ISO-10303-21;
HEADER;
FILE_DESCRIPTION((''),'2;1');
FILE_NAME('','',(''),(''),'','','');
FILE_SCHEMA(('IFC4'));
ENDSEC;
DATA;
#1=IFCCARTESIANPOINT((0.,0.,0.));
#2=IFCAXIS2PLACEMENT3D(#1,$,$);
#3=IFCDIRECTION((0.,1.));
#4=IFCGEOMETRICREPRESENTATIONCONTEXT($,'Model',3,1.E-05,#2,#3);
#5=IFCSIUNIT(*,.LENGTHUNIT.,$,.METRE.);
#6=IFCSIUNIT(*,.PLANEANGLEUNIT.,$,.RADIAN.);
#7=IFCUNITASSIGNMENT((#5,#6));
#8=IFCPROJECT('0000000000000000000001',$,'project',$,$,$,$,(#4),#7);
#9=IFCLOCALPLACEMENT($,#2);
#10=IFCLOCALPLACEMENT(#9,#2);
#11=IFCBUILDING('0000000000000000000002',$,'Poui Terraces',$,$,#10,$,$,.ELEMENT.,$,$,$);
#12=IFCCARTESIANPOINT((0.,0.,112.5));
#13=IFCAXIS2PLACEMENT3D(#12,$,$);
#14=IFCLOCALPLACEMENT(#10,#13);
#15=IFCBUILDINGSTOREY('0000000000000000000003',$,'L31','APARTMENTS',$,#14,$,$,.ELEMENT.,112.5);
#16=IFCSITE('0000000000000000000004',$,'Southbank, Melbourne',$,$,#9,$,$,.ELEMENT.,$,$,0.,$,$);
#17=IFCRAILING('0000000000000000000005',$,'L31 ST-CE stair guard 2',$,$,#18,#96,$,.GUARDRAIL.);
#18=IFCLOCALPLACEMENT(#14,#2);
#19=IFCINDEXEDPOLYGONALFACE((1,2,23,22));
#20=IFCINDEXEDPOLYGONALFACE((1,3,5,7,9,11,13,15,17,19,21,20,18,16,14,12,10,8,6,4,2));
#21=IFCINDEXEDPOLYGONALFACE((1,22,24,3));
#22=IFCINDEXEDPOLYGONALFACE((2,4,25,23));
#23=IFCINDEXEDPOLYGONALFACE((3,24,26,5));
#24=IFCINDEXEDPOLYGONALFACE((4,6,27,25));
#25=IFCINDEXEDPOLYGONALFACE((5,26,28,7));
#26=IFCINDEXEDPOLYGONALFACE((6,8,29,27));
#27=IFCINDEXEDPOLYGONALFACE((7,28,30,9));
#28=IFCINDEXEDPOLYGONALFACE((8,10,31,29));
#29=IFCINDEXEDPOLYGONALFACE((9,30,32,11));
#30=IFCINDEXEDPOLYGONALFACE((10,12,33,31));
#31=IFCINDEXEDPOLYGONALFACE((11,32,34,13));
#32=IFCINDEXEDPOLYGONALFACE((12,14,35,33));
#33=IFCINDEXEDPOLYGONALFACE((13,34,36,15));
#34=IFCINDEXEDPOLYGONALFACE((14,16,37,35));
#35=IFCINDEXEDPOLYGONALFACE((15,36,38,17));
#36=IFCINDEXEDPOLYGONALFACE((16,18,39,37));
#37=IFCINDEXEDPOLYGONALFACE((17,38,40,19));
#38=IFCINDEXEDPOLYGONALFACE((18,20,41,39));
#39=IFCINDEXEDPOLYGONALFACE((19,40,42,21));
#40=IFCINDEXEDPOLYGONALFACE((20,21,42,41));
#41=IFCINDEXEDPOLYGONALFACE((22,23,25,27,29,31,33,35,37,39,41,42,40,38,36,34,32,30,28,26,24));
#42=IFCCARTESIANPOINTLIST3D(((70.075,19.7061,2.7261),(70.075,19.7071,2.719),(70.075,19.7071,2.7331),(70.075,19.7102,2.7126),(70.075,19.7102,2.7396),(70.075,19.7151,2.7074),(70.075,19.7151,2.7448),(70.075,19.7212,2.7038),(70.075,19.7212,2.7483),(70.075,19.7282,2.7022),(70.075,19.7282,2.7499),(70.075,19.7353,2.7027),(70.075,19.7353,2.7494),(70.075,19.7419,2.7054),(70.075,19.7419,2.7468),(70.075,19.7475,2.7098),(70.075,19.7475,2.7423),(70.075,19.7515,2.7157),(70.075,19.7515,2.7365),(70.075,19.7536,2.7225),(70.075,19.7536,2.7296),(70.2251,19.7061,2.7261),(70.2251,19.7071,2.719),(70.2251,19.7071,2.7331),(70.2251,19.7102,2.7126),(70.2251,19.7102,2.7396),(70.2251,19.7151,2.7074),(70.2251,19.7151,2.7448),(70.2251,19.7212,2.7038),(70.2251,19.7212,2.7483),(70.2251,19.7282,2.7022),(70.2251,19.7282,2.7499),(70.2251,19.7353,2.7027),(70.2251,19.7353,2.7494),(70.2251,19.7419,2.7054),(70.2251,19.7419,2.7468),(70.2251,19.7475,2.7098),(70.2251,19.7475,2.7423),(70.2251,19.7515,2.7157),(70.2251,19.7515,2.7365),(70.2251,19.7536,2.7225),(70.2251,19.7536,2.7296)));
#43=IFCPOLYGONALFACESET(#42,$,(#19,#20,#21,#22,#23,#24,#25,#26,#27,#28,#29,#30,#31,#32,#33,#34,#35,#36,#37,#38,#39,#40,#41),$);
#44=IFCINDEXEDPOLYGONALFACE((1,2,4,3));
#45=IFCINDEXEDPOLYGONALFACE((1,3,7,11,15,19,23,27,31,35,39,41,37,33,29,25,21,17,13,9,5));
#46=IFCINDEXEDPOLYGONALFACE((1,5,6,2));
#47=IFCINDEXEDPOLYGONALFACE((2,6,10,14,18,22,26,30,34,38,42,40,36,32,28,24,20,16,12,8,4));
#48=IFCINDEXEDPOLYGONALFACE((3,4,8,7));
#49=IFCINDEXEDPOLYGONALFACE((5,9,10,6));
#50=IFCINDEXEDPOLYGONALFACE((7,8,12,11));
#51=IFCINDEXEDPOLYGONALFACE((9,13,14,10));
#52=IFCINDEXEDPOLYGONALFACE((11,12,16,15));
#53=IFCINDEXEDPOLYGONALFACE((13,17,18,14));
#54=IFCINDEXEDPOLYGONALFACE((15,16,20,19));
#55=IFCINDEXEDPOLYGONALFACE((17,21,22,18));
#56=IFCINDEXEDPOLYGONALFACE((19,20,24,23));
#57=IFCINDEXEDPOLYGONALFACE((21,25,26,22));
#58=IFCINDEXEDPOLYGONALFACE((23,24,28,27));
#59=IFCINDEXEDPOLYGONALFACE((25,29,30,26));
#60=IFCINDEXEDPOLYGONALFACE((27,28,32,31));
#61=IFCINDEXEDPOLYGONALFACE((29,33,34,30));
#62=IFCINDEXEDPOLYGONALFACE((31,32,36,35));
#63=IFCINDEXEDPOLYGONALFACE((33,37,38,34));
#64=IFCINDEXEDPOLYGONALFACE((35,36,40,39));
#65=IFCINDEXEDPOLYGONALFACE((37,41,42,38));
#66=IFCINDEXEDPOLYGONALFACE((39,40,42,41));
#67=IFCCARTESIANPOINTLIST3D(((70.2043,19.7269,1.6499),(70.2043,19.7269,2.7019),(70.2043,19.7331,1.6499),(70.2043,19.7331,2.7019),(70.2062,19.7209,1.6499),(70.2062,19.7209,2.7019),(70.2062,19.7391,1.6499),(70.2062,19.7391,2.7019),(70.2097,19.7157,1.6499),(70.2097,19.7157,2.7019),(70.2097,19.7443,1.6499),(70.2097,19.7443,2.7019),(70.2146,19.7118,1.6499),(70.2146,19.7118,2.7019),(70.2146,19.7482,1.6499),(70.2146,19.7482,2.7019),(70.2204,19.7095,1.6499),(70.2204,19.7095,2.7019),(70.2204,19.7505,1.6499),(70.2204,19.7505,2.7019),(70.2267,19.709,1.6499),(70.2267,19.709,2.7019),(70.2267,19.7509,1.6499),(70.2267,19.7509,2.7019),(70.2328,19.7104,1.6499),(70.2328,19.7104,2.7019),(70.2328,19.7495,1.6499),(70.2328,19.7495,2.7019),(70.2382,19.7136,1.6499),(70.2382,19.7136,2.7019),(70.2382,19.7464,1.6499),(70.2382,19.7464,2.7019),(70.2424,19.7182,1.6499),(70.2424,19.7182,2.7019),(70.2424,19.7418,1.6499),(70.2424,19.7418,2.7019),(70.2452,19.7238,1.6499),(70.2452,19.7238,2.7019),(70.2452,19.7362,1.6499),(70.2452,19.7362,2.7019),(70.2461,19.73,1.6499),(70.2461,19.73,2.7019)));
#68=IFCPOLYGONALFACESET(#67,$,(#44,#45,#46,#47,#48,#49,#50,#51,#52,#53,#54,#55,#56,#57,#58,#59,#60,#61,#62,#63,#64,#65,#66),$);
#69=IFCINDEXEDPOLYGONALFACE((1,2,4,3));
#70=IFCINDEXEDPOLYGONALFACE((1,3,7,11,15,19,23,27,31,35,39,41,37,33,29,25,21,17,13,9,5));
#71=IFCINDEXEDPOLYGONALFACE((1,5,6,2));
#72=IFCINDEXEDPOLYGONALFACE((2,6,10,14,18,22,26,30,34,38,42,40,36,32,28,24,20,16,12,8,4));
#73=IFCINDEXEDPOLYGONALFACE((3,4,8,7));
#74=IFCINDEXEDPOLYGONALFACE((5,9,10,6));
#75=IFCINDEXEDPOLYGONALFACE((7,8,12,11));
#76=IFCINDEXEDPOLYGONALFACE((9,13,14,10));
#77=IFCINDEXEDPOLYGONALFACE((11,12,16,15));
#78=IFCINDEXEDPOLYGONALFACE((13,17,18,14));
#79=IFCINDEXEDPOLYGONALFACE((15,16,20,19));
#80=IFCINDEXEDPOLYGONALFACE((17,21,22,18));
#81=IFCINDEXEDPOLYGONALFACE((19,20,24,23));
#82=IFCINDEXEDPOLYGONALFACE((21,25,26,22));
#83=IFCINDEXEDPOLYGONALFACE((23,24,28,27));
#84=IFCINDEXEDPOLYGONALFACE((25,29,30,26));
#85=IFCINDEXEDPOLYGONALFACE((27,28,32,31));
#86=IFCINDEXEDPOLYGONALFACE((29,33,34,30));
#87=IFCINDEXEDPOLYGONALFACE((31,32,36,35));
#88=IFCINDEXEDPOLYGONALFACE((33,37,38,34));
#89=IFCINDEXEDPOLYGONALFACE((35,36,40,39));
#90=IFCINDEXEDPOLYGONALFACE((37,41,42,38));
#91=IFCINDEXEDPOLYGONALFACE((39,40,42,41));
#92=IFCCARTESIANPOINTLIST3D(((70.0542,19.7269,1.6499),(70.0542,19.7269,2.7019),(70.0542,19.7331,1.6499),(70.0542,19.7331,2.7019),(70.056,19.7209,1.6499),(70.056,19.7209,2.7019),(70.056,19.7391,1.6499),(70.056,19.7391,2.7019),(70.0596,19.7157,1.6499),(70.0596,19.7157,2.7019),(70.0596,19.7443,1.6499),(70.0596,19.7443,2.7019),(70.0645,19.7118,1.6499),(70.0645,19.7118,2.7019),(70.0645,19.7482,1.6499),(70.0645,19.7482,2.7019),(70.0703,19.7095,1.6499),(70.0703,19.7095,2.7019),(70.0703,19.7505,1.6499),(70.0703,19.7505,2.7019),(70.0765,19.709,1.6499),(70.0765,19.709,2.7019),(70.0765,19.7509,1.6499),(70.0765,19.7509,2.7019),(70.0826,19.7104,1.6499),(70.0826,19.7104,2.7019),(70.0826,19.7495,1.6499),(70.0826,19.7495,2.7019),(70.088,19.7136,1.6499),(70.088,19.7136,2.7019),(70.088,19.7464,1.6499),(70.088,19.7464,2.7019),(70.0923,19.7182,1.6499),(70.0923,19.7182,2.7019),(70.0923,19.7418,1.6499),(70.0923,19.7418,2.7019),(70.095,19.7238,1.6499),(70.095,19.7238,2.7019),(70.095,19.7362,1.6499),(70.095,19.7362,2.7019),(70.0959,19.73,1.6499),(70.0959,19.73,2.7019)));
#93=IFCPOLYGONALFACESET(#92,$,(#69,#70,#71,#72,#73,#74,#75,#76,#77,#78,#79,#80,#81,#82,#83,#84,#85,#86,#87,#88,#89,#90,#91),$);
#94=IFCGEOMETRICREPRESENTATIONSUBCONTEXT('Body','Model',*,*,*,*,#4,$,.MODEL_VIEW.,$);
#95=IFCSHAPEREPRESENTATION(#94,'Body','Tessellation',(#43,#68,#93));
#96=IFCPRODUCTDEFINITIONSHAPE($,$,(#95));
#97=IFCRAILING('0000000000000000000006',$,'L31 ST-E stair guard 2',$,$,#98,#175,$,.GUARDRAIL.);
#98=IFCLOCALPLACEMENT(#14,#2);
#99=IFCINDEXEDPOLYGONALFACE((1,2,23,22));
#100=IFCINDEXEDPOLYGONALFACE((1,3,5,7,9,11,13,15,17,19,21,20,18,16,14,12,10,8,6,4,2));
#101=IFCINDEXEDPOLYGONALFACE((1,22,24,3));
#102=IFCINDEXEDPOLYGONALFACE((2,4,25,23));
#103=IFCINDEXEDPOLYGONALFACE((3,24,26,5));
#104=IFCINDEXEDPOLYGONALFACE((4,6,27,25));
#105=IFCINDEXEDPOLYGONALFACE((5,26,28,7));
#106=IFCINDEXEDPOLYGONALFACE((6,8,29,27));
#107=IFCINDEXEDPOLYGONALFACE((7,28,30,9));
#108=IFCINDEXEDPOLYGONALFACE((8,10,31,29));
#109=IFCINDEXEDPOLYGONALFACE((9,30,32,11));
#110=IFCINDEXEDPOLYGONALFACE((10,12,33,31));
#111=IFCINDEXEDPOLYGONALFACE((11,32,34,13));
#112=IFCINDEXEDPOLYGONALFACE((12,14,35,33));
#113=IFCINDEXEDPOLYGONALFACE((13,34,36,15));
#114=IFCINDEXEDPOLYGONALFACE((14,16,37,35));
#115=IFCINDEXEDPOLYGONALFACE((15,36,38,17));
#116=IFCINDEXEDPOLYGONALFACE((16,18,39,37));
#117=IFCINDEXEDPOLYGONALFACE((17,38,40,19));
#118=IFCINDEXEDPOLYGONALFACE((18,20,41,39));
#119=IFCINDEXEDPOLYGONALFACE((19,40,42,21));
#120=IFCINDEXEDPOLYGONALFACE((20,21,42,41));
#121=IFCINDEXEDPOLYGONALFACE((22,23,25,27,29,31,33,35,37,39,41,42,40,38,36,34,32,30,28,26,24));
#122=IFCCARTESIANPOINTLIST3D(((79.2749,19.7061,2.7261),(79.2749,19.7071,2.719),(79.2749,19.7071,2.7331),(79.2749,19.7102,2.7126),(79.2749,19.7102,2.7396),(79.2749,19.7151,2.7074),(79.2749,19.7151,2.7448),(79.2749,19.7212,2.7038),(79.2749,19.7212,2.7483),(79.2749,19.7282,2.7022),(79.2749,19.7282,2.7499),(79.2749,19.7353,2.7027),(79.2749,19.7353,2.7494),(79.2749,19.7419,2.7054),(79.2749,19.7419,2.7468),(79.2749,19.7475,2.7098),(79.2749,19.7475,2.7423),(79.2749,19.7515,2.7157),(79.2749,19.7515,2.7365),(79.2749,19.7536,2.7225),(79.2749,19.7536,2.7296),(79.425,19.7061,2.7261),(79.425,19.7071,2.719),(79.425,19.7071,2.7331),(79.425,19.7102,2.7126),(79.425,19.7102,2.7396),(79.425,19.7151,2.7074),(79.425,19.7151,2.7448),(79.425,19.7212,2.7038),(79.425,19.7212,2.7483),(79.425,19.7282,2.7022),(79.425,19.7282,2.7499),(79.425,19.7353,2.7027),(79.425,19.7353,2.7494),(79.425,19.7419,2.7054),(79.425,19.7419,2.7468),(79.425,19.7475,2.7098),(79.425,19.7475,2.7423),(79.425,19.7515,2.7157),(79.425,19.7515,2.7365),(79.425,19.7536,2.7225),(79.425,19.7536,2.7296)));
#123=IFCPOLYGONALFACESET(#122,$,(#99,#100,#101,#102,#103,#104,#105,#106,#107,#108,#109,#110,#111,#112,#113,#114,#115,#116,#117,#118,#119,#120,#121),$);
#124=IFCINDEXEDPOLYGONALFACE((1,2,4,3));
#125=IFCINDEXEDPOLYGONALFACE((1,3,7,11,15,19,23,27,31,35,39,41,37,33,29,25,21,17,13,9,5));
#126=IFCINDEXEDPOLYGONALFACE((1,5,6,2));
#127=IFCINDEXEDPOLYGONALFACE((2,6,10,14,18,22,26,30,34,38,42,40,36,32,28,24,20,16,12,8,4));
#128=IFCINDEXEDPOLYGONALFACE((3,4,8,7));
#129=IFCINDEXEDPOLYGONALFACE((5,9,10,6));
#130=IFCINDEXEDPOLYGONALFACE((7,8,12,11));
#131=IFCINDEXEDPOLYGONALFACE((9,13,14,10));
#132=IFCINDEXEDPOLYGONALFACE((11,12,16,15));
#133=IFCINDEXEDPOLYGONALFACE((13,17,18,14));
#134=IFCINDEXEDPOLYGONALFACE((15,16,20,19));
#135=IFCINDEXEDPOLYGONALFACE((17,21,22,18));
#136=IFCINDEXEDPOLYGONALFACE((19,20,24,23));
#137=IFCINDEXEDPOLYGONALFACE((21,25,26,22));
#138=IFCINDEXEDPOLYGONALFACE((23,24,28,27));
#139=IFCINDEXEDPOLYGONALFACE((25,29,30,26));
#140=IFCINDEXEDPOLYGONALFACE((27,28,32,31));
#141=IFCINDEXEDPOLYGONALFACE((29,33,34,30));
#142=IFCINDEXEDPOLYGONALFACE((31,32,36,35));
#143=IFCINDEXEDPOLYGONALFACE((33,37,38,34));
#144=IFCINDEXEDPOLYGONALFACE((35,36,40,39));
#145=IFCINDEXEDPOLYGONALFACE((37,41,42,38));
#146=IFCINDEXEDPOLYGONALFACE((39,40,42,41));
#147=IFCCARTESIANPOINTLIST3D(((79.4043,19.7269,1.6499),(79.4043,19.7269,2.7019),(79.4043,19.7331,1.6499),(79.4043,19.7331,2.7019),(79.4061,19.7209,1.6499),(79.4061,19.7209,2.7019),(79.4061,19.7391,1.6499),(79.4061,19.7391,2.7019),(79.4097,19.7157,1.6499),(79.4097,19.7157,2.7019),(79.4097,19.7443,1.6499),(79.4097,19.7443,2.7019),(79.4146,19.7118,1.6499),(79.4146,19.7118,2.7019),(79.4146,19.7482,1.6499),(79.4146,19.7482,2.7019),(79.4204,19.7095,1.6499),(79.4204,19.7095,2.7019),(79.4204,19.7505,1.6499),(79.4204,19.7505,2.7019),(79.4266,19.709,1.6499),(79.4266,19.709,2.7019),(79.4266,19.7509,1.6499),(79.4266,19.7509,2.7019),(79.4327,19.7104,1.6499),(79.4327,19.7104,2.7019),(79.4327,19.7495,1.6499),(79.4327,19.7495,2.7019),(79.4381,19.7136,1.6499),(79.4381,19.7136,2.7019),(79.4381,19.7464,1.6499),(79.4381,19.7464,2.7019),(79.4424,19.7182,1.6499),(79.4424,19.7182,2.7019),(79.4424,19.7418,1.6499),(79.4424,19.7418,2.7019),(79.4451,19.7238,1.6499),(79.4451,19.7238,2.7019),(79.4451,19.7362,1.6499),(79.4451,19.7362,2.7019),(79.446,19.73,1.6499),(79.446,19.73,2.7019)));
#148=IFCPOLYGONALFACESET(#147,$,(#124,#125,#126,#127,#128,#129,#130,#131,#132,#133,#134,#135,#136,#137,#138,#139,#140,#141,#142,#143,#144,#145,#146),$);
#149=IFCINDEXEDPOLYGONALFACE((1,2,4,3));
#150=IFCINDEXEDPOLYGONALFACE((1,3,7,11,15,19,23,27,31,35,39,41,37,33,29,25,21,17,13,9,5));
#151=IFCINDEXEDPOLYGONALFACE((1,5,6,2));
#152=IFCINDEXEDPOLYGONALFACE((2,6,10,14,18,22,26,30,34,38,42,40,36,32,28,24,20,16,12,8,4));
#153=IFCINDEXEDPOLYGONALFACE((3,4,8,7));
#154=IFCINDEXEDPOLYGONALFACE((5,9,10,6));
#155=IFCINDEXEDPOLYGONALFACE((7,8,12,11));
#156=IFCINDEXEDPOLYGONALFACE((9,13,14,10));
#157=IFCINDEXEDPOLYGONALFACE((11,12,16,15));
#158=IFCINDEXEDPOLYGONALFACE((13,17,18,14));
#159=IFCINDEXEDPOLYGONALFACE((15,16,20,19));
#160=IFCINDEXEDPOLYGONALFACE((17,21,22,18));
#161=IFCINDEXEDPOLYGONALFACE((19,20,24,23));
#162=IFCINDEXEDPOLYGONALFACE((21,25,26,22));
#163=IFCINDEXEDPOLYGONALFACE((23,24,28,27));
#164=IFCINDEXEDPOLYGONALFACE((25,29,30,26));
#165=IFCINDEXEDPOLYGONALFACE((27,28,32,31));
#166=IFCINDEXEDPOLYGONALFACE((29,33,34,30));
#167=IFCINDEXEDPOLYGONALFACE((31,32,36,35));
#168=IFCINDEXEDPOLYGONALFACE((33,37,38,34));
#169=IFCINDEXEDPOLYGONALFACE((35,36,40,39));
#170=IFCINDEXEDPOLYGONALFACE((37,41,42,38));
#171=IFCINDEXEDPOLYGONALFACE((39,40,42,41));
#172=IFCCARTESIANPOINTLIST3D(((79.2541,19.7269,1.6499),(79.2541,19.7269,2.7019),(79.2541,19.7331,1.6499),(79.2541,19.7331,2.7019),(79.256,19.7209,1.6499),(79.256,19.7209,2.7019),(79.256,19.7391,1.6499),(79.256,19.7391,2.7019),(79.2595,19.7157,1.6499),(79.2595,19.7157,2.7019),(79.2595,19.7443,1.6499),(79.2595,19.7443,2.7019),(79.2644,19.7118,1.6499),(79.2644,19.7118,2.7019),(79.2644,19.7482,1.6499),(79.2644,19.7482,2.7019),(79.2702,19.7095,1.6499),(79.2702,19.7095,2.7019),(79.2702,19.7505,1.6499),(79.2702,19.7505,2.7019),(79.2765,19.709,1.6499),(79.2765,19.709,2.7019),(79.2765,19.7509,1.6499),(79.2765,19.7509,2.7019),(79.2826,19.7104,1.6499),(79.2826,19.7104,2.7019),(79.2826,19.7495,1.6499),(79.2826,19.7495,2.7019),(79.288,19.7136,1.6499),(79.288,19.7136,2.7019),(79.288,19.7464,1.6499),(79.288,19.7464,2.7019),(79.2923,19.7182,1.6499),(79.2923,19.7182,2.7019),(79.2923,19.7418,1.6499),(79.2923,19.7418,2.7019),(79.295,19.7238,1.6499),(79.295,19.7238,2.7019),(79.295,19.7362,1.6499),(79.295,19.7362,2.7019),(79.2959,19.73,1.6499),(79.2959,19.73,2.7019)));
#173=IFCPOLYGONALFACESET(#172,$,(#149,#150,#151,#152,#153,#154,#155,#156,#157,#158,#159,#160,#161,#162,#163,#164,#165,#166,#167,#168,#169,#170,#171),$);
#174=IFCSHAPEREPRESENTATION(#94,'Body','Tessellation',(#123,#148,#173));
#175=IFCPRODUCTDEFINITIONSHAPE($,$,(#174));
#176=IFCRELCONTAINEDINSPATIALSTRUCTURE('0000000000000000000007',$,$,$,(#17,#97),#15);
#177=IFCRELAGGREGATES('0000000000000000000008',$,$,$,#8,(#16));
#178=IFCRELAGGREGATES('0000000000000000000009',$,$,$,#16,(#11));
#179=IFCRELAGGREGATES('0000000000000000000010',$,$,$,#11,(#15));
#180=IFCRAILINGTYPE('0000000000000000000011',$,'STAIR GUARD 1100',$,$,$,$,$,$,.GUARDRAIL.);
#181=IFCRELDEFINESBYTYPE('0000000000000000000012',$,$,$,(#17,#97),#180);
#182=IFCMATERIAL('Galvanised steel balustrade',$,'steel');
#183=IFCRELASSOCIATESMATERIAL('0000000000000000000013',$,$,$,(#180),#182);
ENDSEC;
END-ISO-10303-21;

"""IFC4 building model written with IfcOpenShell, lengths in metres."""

from ifc_helpers import new_model, si_unit, direction, frame, origin, origin_2d, place, context, subcontext, project, spatial, circle, extrude, material, type_object, element, save


model = new_model("IFC4")

# Units and contexts
model_context = context("Model", 3, precision=1e-05, world=origin(), true_north=direction((0.0, 1.0)))
body_context = subcontext(model_context, "Body", "Model", "MODEL_VIEW")
ifc_project = project(units=[si_unit("LENGTHUNIT", "METRE"), si_unit("PLANEANGLEUNIT", "RADIAN")], contexts=[model_context])

# Site, building, storey
site_placement = place(None, origin())
site = spatial("IfcSite", under=ifc_project, at=site_placement, Name="Southbank, Melbourne", CompositionType="ELEMENT", RefElevation=0.0)
building_placement = place(site_placement, origin())
building = spatial("IfcBuilding", under=site, at=building_placement, Name="Poui Terraces", CompositionType="ELEMENT")
storey_placement = place(building_placement, frame((0.0, 0.0, 112.5)))
storey = spatial("IfcBuildingStorey", under=building, at=storey_placement, Name="L31", Description="APARTMENTS", CompositionType="ELEMENT", Elevation=112.5)

# Railings
ifc_material_1 = material(Name="Galvanised steel balustrade", Category="steel")
railing_type = type_object("IfcRailingType", Name="STAIR GUARD 1100", PredefinedType="GUARDRAIL", material=ifc_material_1)
for number, where, name in (
    (1, (70.2251, 19.73, 1.6499), "L31 ST-CE stair guard 2"),
    (2, (79.425, 19.73, 1.6499), "L31 ST-E stair guard 2"),
):
    element("IfcRailing", number, at=place(storey_placement, frame(where)), inside=storey, type_object=railing_type, Name=name, PredefinedType="GUARDRAIL", context=body_context, shape_type="SweptSolid", body=[
        extrude(circle(Radius=0.0239, at=origin_2d()), frame((0.0, 0.0, 1.0762), z_axis=(-1.0, 0.0, 0.0), x_axis=(0.0, -1.0, 0.0)), (0.0, 0.0, 1.0), 0.1501),
        extrude(circle(Radius=0.021, at=origin_2d()), origin(), (0.0, 0.0, 1.0), 1.052),
        extrude(circle(Radius=0.021, at=origin_2d()), frame((-0.1501, 0.0, 0.0)), (0.0, 0.0, 1.0), 1.052),
    ])

save(model, "model.ifc")
